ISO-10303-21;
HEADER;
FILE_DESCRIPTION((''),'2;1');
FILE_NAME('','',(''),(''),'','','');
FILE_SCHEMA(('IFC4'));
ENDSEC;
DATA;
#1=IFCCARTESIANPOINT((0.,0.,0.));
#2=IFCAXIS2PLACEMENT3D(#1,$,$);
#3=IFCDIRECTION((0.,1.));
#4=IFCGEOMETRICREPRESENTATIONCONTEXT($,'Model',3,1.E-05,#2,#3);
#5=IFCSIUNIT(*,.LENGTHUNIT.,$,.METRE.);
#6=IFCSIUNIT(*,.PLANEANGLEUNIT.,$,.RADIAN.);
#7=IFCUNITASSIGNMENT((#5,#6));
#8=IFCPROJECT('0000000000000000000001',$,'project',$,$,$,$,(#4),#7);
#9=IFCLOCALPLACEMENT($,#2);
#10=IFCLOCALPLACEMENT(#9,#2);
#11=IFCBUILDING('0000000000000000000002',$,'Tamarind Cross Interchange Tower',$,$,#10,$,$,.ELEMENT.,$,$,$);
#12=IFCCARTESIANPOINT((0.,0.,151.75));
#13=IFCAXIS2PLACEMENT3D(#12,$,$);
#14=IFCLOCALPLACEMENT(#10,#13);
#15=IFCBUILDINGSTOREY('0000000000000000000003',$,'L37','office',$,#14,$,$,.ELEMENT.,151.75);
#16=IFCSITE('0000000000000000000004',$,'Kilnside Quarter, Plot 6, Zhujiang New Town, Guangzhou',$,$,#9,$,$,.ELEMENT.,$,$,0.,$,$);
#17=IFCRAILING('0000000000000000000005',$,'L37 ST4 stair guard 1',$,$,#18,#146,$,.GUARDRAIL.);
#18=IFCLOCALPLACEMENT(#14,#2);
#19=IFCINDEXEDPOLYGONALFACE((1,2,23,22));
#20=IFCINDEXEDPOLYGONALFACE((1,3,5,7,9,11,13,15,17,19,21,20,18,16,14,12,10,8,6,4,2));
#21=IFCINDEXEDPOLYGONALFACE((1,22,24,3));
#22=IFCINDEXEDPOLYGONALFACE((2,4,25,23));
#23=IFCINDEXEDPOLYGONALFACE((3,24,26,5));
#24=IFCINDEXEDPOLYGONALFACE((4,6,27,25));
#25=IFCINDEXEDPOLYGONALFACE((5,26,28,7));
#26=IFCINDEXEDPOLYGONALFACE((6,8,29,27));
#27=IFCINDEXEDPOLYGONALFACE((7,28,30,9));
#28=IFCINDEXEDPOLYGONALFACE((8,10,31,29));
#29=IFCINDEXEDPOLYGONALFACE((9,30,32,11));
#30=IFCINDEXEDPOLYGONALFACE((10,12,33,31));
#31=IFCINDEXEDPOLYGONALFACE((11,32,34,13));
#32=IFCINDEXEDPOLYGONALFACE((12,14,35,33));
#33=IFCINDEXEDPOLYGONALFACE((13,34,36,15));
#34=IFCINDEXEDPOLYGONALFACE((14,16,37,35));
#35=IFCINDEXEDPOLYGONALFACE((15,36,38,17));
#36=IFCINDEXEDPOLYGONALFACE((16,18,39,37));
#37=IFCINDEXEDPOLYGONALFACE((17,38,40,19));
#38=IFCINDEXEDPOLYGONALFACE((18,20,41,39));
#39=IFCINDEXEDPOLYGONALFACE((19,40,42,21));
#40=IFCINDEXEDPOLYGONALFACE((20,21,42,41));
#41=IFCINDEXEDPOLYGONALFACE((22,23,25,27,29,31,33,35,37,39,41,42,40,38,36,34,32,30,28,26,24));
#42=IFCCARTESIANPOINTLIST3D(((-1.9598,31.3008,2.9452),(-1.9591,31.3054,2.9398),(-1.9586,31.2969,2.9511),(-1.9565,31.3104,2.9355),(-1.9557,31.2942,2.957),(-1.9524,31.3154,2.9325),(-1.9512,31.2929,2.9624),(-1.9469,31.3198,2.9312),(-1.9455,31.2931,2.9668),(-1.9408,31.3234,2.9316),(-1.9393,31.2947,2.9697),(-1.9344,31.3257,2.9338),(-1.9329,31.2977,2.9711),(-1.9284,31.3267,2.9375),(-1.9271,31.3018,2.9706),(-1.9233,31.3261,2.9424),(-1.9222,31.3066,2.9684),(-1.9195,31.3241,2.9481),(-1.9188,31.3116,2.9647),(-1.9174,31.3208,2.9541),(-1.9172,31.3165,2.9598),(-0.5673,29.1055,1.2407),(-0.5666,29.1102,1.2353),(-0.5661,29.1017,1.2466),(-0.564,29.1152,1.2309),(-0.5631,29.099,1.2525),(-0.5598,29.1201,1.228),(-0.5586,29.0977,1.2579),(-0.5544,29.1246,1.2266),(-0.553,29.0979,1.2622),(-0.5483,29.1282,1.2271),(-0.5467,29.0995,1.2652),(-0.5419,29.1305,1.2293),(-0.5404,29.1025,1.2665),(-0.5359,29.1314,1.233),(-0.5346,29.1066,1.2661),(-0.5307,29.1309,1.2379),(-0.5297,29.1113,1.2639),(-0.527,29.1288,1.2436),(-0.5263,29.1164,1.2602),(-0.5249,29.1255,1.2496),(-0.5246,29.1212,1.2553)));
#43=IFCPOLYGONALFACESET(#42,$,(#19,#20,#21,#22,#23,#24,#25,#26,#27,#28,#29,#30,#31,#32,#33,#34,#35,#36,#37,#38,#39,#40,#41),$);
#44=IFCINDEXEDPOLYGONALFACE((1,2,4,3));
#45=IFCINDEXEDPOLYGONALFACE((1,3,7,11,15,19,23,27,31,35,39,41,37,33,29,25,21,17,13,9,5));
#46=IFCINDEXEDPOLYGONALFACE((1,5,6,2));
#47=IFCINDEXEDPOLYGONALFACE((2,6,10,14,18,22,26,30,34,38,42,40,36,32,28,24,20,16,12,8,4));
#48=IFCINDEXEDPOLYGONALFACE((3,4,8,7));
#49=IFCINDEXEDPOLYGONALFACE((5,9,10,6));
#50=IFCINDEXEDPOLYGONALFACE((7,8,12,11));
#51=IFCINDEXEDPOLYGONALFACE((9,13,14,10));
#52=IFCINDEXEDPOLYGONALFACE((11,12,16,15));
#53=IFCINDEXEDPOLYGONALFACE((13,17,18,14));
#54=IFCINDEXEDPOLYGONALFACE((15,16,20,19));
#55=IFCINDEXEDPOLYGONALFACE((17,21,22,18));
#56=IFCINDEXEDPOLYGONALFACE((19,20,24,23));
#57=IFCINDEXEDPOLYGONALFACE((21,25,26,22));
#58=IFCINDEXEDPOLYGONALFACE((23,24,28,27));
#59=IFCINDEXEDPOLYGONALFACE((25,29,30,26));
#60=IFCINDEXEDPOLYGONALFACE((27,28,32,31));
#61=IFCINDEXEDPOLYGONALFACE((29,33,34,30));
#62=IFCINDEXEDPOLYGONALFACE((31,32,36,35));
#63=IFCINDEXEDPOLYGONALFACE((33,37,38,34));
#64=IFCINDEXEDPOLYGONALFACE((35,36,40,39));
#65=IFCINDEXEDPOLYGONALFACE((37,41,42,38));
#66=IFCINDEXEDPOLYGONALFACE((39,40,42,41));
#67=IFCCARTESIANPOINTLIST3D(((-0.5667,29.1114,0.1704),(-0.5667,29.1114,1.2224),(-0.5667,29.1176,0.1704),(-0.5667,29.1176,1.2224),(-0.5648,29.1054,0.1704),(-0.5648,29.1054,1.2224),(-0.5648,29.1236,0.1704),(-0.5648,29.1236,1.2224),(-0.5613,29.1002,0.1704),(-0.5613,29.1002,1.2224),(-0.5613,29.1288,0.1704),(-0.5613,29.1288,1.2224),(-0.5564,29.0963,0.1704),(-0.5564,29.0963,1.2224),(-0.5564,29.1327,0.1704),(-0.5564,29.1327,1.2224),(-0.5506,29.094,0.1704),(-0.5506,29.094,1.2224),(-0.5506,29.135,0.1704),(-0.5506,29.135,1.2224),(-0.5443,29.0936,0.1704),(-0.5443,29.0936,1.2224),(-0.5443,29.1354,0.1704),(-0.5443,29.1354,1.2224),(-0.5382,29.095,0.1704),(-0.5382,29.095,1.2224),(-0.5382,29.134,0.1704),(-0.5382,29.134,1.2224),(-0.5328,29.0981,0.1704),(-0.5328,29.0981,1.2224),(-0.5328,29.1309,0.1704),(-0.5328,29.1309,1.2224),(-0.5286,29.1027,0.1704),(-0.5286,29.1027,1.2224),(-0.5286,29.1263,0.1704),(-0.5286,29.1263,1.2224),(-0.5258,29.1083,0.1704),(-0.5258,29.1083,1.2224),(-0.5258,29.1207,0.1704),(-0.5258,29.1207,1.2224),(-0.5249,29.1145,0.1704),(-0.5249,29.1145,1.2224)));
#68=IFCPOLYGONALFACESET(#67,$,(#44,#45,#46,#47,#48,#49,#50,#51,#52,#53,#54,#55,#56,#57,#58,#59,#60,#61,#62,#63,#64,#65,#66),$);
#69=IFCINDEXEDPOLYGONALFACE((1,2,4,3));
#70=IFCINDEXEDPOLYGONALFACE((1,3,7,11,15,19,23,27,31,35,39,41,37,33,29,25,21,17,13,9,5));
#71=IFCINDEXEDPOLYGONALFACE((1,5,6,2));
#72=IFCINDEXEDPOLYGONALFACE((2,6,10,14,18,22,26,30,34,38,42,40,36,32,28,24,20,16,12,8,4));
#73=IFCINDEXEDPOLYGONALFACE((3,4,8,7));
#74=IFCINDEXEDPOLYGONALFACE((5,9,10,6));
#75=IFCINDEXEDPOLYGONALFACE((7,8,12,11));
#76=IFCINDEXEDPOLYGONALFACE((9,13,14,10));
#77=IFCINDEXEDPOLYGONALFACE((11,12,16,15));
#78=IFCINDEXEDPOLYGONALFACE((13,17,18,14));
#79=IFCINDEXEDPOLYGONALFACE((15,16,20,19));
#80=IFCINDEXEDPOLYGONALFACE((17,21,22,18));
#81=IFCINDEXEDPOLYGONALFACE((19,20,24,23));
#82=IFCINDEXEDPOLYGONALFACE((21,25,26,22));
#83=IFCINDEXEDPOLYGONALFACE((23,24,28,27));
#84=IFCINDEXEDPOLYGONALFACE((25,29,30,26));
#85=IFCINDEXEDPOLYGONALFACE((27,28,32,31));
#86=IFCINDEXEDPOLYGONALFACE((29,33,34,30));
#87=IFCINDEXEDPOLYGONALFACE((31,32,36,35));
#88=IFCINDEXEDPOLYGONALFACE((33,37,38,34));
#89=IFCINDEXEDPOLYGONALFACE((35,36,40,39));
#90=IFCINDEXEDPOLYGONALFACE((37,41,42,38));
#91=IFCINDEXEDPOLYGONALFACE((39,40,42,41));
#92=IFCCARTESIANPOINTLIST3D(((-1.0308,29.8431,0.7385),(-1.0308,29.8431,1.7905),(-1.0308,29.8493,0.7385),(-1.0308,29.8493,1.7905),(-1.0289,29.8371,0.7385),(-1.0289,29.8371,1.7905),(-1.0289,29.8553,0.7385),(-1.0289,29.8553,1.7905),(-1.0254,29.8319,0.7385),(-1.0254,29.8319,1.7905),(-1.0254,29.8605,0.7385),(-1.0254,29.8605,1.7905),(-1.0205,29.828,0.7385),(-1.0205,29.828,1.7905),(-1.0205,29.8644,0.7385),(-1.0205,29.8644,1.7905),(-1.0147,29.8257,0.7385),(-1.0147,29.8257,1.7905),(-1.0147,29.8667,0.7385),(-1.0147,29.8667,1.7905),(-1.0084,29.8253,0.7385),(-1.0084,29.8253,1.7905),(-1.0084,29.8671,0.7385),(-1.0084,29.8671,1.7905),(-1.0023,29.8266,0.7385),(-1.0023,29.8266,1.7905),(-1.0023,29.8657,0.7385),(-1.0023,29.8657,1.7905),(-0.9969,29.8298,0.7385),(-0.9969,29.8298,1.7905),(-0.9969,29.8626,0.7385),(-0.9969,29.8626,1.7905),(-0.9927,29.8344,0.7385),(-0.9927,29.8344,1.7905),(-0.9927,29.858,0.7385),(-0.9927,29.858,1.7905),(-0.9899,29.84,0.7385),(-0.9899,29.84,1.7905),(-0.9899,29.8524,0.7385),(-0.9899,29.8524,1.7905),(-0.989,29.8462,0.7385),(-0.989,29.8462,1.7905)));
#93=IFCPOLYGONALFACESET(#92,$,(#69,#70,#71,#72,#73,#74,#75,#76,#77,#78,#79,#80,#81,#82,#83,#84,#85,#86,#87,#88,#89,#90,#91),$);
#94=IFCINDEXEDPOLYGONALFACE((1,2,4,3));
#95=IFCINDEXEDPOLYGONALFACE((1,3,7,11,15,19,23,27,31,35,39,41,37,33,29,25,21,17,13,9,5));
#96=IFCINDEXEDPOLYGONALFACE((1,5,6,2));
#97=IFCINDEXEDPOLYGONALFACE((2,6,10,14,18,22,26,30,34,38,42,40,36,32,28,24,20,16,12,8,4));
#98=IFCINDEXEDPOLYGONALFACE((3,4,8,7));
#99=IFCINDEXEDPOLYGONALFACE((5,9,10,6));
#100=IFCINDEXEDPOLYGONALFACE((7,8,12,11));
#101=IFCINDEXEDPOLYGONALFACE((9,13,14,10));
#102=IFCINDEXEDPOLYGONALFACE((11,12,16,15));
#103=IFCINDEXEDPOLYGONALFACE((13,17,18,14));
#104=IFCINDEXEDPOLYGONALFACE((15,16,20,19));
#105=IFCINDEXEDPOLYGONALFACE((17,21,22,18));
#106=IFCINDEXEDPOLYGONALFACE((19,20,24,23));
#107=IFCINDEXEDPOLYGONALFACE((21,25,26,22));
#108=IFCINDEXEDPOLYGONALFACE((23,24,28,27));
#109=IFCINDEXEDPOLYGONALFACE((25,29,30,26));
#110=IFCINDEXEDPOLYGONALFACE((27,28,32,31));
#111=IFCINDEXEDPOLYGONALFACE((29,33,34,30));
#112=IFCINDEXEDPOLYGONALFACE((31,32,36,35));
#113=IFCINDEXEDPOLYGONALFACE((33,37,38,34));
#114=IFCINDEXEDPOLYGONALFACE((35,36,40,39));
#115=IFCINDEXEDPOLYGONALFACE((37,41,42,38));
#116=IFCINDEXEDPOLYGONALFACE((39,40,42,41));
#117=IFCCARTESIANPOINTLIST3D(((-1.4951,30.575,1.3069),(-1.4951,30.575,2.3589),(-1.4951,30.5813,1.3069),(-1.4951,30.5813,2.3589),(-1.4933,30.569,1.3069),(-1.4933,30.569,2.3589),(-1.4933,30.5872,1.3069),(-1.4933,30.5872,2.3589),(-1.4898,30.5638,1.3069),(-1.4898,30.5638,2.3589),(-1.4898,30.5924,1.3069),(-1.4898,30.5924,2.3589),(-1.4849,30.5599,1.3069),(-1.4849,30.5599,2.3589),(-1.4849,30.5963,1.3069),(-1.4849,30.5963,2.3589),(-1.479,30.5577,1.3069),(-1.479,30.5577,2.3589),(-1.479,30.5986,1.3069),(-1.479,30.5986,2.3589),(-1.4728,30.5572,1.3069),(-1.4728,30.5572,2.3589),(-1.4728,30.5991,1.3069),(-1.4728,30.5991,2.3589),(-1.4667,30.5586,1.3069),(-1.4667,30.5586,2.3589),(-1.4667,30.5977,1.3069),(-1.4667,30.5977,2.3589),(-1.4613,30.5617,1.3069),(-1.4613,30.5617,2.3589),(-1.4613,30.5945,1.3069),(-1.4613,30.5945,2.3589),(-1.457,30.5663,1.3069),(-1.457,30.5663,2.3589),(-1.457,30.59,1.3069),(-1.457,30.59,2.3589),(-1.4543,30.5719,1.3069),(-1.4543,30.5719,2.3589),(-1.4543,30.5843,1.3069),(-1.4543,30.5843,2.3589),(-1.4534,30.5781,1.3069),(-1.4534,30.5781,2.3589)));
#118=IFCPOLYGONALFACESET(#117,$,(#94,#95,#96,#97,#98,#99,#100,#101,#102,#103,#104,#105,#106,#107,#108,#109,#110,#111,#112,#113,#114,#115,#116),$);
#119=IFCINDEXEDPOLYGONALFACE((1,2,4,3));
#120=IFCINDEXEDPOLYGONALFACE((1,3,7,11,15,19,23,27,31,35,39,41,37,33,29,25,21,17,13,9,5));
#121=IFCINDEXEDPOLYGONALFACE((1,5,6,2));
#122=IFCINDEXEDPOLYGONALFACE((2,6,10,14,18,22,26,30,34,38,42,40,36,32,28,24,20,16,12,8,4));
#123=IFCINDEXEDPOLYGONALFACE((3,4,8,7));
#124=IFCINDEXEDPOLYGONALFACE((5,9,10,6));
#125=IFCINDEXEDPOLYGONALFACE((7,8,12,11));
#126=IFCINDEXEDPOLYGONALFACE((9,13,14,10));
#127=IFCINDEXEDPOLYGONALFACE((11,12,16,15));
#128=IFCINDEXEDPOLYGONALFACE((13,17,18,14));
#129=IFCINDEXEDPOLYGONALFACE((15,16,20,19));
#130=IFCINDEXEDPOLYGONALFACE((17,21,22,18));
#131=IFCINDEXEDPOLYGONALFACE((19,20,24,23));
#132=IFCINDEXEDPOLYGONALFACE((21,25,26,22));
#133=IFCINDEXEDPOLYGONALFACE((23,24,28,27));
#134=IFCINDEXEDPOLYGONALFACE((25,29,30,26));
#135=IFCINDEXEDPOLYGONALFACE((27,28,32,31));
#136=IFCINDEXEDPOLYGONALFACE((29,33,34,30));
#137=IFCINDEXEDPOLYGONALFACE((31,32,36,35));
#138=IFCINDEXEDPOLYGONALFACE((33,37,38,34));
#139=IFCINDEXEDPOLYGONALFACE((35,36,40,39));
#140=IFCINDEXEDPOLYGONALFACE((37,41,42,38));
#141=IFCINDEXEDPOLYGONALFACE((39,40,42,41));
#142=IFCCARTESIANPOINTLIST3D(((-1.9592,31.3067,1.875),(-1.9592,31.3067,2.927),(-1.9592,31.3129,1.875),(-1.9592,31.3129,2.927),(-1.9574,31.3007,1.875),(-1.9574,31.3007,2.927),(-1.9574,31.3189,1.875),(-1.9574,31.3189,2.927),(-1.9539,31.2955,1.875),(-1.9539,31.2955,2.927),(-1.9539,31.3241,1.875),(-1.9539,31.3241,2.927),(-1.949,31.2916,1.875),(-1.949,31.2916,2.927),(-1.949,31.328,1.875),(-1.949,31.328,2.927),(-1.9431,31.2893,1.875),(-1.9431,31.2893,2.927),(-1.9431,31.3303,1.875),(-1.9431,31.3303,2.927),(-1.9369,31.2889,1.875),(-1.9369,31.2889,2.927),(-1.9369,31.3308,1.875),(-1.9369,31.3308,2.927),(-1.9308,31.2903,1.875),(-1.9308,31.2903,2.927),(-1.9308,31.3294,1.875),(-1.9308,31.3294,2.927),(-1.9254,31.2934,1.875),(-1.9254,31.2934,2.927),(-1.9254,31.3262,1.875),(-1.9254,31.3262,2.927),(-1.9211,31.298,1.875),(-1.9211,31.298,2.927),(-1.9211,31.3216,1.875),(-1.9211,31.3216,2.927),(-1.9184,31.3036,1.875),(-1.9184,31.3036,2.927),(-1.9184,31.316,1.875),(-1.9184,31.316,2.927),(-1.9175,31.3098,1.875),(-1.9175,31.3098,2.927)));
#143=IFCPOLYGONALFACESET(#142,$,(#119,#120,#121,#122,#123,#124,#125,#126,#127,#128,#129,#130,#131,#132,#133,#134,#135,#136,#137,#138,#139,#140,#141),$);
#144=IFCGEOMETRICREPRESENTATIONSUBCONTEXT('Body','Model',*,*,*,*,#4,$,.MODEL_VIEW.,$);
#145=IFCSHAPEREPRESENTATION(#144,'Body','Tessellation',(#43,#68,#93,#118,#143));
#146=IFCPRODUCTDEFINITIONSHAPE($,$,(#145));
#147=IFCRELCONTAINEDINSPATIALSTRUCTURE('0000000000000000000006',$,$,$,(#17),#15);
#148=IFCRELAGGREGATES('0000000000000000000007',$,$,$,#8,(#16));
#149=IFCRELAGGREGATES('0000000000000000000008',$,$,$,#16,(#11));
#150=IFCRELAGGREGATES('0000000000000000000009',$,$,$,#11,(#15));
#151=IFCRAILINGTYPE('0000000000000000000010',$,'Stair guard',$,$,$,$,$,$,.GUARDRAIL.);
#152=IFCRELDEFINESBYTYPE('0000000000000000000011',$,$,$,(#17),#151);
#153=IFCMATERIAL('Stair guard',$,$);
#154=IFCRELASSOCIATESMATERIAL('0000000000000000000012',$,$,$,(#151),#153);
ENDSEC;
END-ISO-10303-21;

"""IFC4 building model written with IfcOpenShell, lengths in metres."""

from ifc_helpers import new_model, si_unit, direction, frame, origin, origin_2d, place, context, subcontext, project, spatial, circle, extrude, material, type_object, element, save


model = new_model("IFC4")

# Units and contexts
model_context = context("Model", 3, precision=1e-05, world=origin(), true_north=direction((0.0, 1.0)))
body_context = subcontext(model_context, "Body", "Model", "MODEL_VIEW")
ifc_project = project(units=[si_unit("LENGTHUNIT", "METRE"), si_unit("PLANEANGLEUNIT", "RADIAN")], contexts=[model_context])

# Site, building, storey
site_placement = place(None, origin())
site = spatial("IfcSite", under=ifc_project, at=site_placement, Name="Kilnside Quarter, Plot 6, Zhujiang New Town, Guangzhou", CompositionType="ELEMENT", RefElevation=0.0)
building_placement = place(site_placement, origin())
building = spatial("IfcBuilding", under=site, at=building_placement, Name="Tamarind Cross Interchange Tower", CompositionType="ELEMENT")
storey_placement = place(building_placement, frame((0.0, 0.0, 151.75)))
storey = spatial("IfcBuildingStorey", under=building, at=storey_placement, Name="L37", Description="office", CompositionType="ELEMENT", Elevation=151.75)

# Railing
ifc_material_1 = material(Name="Stair guard")
railing_type_1 = type_object("IfcRailingType", Name="Stair guard", PredefinedType="GUARDRAIL", material=ifc_material_1)
railing_1_placement = place(storey_placement, frame((-0.5459, 29.1145, 0.1704)))
element("IfcRailing", 1, at=railing_1_placement, inside=storey, type_object=railing_type_1, Name="L37 ST4 stair guard 1", PredefinedType="GUARDRAIL", context=body_context, shape_type="SweptSolid", body=[
    extrude(circle(Radius=0.0239, at=origin_2d()), frame((0.0, 0.0, 1.0762), z_axis=(-0.447955, 0.706173, 0.548321), x_axis=(-0.844434, -0.53566, 0.0)), (0.0, 0.0, 1.0), 3.1086),
    extrude(circle(Radius=0.021, at=origin_2d()), origin(), (0.0, 0.0, 1.0), 1.052),
    extrude(circle(Radius=0.021, at=origin_2d()), frame((-0.4641, 0.7317, 0.5681)), (0.0, 0.0, 1.0), 1.052),
    extrude(circle(Radius=0.021, at=origin_2d()), frame((-0.9285, 1.4636, 1.1365)), (0.0, 0.0, 1.0), 1.052),
    extrude(circle(Radius=0.021, at=origin_2d()), frame((-1.3926, 2.1953, 1.7046)), (0.0, 0.0, 1.0), 1.052),
])

save(model, "model.ifc")
